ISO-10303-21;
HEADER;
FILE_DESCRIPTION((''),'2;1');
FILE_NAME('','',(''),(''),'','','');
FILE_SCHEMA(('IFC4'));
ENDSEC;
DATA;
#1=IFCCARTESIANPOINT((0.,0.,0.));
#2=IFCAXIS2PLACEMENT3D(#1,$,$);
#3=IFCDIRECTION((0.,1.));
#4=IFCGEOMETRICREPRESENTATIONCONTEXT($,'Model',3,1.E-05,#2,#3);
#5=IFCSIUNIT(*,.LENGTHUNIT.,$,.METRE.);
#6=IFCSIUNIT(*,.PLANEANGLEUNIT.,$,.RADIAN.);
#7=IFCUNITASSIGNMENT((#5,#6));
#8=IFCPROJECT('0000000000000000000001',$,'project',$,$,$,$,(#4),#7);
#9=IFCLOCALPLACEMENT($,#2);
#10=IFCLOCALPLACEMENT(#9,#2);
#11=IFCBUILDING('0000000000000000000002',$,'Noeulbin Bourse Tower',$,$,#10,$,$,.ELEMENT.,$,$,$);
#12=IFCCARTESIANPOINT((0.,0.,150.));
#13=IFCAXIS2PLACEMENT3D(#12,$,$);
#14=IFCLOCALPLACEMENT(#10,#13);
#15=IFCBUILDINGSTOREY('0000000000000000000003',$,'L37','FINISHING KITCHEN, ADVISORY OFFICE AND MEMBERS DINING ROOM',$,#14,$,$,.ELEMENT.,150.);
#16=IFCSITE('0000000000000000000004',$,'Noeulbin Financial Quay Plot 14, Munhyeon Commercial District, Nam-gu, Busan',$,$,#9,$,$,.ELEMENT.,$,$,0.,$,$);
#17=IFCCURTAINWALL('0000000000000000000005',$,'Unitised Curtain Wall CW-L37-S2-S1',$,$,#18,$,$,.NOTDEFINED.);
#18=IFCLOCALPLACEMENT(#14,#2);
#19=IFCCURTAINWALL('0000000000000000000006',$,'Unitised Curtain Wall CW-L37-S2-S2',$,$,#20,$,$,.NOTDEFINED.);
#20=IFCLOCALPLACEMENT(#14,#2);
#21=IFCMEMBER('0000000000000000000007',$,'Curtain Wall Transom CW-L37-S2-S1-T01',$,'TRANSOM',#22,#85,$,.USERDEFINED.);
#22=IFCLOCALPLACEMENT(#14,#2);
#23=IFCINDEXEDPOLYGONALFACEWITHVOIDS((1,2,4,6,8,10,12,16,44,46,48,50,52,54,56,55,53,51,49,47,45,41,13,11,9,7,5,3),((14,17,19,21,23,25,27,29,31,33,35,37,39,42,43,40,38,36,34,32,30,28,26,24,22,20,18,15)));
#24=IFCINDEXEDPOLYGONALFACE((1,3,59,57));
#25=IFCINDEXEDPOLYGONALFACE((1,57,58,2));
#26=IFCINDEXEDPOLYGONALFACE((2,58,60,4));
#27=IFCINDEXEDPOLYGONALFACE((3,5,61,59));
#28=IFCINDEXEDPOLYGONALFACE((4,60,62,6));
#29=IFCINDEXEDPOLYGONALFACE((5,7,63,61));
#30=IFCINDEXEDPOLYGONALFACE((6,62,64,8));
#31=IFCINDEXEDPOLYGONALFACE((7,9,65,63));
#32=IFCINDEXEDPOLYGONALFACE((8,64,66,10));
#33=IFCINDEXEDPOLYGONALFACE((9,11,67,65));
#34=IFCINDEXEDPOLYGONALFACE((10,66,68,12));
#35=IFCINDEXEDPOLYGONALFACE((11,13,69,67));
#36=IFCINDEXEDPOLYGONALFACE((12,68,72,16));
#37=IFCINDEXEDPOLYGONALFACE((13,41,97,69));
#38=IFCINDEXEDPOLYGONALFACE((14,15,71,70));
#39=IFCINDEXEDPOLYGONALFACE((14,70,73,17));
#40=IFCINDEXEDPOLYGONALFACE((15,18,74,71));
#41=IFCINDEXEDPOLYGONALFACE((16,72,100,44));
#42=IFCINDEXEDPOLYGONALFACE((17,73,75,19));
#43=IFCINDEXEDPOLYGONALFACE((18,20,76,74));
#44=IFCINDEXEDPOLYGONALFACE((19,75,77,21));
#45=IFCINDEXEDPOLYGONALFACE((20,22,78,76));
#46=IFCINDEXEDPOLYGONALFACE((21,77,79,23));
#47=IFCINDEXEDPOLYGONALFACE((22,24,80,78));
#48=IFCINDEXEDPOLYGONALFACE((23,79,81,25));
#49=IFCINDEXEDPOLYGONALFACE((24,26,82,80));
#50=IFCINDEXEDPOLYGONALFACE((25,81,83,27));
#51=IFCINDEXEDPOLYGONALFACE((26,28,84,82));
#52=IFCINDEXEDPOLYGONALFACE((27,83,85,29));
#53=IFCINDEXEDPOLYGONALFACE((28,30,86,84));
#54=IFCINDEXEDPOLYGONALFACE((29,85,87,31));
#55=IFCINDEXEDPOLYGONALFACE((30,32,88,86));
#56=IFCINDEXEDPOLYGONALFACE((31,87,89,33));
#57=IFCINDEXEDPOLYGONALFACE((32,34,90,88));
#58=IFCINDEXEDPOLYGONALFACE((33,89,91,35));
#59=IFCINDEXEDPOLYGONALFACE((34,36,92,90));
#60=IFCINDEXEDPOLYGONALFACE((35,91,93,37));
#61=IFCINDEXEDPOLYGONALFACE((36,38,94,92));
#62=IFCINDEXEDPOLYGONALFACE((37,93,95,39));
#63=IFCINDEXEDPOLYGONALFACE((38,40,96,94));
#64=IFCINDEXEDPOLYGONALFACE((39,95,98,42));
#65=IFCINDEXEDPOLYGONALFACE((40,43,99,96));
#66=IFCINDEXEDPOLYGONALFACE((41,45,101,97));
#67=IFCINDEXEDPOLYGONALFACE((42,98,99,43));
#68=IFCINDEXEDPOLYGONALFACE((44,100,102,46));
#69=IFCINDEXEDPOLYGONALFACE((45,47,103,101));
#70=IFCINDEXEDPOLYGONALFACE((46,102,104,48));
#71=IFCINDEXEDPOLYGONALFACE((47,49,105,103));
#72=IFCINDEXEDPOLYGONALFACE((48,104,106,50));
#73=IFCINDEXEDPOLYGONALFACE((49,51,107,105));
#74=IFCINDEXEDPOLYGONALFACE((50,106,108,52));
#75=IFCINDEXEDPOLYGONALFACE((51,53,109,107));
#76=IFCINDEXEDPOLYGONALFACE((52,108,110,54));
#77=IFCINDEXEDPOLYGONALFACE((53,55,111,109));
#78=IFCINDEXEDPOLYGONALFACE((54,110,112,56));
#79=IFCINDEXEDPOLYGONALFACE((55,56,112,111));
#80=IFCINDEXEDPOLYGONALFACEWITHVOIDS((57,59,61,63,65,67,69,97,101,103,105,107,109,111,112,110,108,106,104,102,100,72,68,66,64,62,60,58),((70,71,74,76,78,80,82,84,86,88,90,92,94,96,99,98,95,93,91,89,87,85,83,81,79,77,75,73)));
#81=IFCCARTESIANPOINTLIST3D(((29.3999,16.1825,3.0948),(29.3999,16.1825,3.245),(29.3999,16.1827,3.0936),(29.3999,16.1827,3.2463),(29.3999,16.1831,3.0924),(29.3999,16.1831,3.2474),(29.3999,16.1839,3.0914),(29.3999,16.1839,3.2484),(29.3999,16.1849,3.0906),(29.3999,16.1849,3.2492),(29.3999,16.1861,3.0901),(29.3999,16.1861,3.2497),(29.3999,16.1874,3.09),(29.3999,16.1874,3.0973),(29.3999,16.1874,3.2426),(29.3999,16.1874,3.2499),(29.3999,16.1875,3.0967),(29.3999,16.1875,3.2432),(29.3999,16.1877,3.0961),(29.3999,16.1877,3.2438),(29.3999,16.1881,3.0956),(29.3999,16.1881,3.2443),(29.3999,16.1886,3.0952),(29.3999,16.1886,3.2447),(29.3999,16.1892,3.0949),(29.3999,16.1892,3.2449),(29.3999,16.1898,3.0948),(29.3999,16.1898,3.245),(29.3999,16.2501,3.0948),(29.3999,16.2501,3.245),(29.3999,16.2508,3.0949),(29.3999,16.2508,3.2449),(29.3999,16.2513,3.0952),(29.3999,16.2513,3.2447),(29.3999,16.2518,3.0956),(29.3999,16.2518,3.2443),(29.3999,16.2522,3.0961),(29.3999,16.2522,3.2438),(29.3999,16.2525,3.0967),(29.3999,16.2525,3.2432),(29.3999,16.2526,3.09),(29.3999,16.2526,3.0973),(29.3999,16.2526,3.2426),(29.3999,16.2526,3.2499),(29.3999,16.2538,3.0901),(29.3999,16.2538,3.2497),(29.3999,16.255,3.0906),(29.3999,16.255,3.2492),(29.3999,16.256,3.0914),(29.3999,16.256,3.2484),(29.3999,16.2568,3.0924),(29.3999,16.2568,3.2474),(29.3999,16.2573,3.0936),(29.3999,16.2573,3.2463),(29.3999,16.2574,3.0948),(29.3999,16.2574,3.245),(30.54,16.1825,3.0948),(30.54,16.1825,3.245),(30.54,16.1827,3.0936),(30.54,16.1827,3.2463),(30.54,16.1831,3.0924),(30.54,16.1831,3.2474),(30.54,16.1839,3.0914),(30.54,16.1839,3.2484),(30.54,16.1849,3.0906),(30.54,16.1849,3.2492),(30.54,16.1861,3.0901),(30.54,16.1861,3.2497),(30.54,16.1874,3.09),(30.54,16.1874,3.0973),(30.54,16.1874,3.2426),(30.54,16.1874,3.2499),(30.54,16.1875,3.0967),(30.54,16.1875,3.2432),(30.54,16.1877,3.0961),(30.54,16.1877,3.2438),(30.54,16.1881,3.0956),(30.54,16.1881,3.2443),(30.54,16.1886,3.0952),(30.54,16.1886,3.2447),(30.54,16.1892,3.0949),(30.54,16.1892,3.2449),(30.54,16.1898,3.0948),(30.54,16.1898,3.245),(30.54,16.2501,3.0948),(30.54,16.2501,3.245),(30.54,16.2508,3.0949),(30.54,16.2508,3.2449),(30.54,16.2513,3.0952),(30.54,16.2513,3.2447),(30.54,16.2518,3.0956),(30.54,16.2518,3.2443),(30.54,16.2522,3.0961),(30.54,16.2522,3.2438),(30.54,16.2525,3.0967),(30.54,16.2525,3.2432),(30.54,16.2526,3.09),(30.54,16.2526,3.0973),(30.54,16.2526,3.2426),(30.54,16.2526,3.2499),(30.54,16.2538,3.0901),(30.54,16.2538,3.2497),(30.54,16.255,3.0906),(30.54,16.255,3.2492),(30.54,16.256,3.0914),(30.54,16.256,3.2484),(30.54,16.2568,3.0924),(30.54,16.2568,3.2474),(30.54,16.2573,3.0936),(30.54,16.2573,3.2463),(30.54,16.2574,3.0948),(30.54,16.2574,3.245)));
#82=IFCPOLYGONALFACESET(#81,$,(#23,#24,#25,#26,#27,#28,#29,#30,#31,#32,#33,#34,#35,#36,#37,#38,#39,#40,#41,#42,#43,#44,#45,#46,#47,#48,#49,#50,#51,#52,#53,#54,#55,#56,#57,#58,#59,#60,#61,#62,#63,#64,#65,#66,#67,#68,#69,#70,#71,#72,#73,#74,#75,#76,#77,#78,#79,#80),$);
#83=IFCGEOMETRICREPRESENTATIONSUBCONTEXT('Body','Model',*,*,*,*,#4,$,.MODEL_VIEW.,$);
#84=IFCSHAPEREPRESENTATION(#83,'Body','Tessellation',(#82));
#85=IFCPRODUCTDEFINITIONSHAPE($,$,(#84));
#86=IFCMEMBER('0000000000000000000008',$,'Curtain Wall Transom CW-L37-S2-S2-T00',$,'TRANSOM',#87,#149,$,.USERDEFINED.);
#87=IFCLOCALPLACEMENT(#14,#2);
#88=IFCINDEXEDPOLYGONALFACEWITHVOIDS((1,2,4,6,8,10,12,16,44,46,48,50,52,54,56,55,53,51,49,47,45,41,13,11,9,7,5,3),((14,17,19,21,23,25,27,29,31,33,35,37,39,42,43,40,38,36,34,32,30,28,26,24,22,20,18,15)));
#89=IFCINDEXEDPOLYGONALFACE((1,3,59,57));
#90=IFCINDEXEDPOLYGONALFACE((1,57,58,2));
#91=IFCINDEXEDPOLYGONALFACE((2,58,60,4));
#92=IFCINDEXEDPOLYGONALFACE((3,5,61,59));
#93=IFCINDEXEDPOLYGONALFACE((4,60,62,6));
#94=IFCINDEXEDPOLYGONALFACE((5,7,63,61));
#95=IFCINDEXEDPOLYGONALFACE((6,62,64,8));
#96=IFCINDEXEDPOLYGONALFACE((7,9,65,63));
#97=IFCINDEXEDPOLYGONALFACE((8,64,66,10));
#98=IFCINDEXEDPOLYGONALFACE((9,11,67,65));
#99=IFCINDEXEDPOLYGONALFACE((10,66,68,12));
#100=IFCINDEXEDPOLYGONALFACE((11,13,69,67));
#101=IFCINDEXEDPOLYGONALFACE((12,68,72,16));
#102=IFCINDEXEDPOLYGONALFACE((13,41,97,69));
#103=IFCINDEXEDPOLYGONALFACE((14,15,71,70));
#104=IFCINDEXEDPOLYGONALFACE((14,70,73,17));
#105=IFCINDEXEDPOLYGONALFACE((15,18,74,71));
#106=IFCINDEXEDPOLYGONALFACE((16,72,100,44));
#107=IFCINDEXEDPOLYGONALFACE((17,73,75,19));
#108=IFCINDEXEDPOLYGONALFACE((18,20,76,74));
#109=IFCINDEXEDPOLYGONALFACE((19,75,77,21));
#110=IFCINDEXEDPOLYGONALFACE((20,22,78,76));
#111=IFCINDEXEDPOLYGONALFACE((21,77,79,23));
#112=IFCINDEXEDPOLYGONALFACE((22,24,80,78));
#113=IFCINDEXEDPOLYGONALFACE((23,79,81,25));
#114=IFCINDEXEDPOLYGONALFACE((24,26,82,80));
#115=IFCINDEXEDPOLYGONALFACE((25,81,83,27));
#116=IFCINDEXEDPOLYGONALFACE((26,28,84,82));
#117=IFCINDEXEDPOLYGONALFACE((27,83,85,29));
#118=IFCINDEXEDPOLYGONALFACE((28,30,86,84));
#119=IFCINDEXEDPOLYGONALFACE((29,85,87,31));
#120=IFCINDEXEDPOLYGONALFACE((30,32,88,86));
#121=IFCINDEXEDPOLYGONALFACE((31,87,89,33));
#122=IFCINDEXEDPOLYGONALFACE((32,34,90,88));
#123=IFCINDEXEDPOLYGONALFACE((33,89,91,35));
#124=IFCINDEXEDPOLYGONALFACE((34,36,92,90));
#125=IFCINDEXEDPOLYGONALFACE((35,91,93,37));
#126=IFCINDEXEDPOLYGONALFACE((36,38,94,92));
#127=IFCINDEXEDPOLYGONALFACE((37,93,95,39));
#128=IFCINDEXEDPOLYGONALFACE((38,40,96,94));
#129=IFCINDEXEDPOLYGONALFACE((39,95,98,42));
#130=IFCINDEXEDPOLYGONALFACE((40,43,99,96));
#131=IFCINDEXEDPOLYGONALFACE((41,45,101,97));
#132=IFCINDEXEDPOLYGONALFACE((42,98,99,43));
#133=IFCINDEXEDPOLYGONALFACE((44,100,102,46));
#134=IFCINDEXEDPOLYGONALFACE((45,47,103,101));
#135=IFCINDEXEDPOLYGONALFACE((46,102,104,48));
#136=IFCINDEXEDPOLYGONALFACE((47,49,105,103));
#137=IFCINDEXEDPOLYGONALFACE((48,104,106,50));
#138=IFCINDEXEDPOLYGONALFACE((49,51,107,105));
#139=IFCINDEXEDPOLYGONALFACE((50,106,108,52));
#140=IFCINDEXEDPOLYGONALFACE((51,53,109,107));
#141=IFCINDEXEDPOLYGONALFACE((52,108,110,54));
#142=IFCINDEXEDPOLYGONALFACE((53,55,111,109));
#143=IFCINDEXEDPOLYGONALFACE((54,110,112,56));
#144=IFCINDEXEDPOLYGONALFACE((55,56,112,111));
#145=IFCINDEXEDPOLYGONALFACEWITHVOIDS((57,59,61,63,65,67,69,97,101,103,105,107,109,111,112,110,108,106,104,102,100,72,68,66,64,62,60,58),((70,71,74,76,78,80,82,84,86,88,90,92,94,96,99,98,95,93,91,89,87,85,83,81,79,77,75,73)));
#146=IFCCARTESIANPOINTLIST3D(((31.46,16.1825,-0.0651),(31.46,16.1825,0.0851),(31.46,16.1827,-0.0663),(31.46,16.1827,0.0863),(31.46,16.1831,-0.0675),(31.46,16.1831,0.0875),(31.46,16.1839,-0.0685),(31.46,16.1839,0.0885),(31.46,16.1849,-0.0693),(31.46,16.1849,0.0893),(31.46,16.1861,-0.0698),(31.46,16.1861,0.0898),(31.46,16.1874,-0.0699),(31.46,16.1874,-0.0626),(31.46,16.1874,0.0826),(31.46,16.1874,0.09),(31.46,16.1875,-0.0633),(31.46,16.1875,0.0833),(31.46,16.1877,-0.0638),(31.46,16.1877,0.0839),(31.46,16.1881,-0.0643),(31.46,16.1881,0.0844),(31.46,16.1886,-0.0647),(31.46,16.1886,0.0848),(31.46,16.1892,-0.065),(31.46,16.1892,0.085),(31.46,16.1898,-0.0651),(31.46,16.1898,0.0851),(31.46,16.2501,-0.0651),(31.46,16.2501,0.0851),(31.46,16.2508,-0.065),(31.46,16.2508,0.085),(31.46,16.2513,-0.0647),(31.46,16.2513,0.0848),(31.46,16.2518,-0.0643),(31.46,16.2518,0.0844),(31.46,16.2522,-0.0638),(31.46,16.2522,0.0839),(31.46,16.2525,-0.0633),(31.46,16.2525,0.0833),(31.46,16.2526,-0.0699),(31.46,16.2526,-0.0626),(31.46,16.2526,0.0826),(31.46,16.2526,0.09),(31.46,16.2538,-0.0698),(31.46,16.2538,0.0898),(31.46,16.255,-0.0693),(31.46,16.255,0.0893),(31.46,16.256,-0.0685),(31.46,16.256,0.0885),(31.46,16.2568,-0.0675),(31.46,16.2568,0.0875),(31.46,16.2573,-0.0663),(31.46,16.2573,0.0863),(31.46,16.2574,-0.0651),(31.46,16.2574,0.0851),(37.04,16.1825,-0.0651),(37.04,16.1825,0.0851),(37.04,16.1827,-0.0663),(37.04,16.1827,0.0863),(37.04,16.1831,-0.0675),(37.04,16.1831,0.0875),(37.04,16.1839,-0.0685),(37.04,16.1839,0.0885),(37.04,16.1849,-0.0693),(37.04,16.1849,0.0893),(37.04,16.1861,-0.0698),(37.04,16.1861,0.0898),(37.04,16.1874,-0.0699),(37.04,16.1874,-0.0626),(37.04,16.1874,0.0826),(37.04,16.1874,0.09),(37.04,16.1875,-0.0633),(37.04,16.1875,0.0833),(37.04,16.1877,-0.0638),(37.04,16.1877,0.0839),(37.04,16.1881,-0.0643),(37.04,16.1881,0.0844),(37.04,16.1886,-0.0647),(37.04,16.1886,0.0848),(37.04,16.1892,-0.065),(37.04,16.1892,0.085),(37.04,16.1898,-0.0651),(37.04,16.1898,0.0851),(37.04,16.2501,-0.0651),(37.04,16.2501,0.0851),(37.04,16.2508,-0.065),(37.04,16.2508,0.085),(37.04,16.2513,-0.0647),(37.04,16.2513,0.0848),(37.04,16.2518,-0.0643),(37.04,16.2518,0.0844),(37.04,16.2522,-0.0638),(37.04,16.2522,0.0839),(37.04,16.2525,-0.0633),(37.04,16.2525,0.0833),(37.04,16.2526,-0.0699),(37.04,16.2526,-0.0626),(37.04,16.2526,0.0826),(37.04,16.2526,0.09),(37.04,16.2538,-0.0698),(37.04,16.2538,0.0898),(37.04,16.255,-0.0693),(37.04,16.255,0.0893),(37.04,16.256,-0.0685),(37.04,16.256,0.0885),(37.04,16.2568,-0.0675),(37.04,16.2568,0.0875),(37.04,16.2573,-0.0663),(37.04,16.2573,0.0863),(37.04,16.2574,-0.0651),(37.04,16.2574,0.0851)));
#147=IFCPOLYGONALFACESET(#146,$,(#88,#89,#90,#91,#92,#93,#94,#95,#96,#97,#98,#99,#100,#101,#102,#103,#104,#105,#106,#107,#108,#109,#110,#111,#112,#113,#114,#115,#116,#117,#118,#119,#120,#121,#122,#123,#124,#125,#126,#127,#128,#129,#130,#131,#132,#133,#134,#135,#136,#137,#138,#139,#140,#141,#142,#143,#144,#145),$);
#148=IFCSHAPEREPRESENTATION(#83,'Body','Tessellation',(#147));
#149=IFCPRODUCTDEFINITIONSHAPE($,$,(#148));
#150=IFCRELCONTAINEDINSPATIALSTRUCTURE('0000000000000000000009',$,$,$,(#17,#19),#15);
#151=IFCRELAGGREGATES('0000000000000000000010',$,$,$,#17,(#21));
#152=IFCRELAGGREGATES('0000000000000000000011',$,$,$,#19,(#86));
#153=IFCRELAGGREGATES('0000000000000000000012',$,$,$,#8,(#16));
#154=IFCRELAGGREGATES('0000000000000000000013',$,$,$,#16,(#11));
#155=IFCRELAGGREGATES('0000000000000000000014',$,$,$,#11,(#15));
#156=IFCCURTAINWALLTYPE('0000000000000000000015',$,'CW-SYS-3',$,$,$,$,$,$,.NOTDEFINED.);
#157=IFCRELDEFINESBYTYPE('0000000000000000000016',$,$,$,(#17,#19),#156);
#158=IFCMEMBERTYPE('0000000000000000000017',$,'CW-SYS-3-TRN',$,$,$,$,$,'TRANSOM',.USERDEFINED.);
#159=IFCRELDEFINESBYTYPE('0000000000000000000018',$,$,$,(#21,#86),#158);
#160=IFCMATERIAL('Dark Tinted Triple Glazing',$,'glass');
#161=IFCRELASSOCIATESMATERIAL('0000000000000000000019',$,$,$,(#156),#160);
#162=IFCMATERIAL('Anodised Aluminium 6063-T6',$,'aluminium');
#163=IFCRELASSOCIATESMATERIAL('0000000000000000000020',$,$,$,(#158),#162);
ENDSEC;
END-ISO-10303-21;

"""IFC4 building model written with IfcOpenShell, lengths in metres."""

from ifc_helpers import new_model, si_unit, direction, frame, origin, origin_2d, place, context, subcontext, project, spatial, hollow_rectangle, extrude, material, material_profile, profile_set, type_object, element, aggregate, save


model = new_model("IFC4")

# Units and contexts
model_context = context("Model", 3, precision=1e-05, world=origin(), true_north=direction((0.0, 1.0)))
body_context = subcontext(model_context, "Body", "Model", "MODEL_VIEW")
ifc_project = project(units=[si_unit("LENGTHUNIT", "METRE"), si_unit("PLANEANGLEUNIT", "RADIAN")], contexts=[model_context])

# Site, building, storey
site_placement = place(None, origin())
site = spatial("IfcSite", under=ifc_project, at=site_placement, Name="Noeulbin Financial Quay Plot 14, Munhyeon Commercial District, Nam-gu, Busan", CompositionType="ELEMENT", RefElevation=0.0)
building_placement = place(site_placement, origin())
building = spatial("IfcBuilding", under=site, at=building_placement, Name="Noeulbin Bourse Tower", CompositionType="ELEMENT")
storey_placement = place(building_placement, frame((0.0, 0.0, 150.0)))
storey = spatial("IfcBuildingStorey", under=building, at=storey_placement, Name="L37", Description="FINISHING KITCHEN, ADVISORY OFFICE AND MEMBERS DINING ROOM", CompositionType="ELEMENT", Elevation=150.0)

# Curtain walls
ifc_material_1 = material(Name="Dark Tinted Triple Glazing", Category="glass")
curtain_wall_type = type_object("IfcCurtainWallType", Name="CW-SYS-3", PredefinedType="NOTDEFINED", material=ifc_material_1)
curtain_wall_1_placement = place(storey_placement, origin())
curtain_wall_1 = element("IfcCurtainWall", 1, at=curtain_wall_1_placement, inside=storey, type_object=curtain_wall_type, Name="Unitised Curtain Wall CW-L37-S2-S1", PredefinedType="NOTDEFINED")
ifc_material_2 = material(Name="Anodised Aluminium 6063-T6", Category="aluminium")
curtain_wall_2_placement = place(storey_placement, origin())
curtain_wall_2 = element("IfcCurtainWall", 2, at=curtain_wall_2_placement, inside=storey, type_object=curtain_wall_type, Name="Unitised Curtain Wall CW-L37-S2-S2", PredefinedType="NOTDEFINED")

# Members
ifc_material_profile_1 = material_profile(ifc_material_2, hollow_rectangle(XDim=0.075, YDim=0.1599, WallThickness=0.0049, InnerFilletRadius=0.0024, OuterFilletRadius=0.0049, at=origin_2d()), Name="ALU-TRAN-75x160x5", Category="LoadBearing")
ifc_profile_set_1 = profile_set([ifc_material_profile_1], Name="Anodised Aluminium 6063-T6")
member_type_1 = type_object("IfcMemberType", Name="CW-SYS-3-TRN", ElementType="TRANSOM", PredefinedType="USERDEFINED", material=ifc_profile_set_1)
member_1_placement = place(storey_placement, frame((29.3999, 16.22, 3.1699), z_axis=(1.0, 0.0, 0.0), x_axis=(0.0, 1.0, 0.0)))
member_1 = element("IfcMember", 3, at=member_1_placement, type_object=member_type_1, Name="Curtain Wall Transom CW-L37-S2-S1-T01", ObjectType="TRANSOM", PredefinedType="USERDEFINED", context=body_context, shape_type="SweptSolid", body=[
    extrude(hollow_rectangle(XDim=0.075, YDim=0.1599, WallThickness=0.0049, InnerFilletRadius=0.0024, OuterFilletRadius=0.0049, at=origin_2d()), origin(), (0.0, 0.0, 1.0), 1.1401),
])
member_2_placement = place(storey_placement, frame((31.46, 16.22, 0.01), z_axis=(1.0, 0.0, 0.0), x_axis=(0.0, 1.0, 0.0)))
member_2 = element("IfcMember", 4, at=member_2_placement, type_object=member_type_1, Name="Curtain Wall Transom CW-L37-S2-S2-T00", ObjectType="TRANSOM", PredefinedType="USERDEFINED", context=body_context, shape_type="SweptSolid", body=[
    extrude(hollow_rectangle(XDim=0.075, YDim=0.1599, WallThickness=0.0049, InnerFilletRadius=0.0024, OuterFilletRadius=0.0049, at=origin_2d()), origin(), (0.0, 0.0, 1.0), 5.5801),
])

aggregate(curtain_wall_1, [member_1])
aggregate(curtain_wall_2, [member_2])

save(model, "model.ifc")
